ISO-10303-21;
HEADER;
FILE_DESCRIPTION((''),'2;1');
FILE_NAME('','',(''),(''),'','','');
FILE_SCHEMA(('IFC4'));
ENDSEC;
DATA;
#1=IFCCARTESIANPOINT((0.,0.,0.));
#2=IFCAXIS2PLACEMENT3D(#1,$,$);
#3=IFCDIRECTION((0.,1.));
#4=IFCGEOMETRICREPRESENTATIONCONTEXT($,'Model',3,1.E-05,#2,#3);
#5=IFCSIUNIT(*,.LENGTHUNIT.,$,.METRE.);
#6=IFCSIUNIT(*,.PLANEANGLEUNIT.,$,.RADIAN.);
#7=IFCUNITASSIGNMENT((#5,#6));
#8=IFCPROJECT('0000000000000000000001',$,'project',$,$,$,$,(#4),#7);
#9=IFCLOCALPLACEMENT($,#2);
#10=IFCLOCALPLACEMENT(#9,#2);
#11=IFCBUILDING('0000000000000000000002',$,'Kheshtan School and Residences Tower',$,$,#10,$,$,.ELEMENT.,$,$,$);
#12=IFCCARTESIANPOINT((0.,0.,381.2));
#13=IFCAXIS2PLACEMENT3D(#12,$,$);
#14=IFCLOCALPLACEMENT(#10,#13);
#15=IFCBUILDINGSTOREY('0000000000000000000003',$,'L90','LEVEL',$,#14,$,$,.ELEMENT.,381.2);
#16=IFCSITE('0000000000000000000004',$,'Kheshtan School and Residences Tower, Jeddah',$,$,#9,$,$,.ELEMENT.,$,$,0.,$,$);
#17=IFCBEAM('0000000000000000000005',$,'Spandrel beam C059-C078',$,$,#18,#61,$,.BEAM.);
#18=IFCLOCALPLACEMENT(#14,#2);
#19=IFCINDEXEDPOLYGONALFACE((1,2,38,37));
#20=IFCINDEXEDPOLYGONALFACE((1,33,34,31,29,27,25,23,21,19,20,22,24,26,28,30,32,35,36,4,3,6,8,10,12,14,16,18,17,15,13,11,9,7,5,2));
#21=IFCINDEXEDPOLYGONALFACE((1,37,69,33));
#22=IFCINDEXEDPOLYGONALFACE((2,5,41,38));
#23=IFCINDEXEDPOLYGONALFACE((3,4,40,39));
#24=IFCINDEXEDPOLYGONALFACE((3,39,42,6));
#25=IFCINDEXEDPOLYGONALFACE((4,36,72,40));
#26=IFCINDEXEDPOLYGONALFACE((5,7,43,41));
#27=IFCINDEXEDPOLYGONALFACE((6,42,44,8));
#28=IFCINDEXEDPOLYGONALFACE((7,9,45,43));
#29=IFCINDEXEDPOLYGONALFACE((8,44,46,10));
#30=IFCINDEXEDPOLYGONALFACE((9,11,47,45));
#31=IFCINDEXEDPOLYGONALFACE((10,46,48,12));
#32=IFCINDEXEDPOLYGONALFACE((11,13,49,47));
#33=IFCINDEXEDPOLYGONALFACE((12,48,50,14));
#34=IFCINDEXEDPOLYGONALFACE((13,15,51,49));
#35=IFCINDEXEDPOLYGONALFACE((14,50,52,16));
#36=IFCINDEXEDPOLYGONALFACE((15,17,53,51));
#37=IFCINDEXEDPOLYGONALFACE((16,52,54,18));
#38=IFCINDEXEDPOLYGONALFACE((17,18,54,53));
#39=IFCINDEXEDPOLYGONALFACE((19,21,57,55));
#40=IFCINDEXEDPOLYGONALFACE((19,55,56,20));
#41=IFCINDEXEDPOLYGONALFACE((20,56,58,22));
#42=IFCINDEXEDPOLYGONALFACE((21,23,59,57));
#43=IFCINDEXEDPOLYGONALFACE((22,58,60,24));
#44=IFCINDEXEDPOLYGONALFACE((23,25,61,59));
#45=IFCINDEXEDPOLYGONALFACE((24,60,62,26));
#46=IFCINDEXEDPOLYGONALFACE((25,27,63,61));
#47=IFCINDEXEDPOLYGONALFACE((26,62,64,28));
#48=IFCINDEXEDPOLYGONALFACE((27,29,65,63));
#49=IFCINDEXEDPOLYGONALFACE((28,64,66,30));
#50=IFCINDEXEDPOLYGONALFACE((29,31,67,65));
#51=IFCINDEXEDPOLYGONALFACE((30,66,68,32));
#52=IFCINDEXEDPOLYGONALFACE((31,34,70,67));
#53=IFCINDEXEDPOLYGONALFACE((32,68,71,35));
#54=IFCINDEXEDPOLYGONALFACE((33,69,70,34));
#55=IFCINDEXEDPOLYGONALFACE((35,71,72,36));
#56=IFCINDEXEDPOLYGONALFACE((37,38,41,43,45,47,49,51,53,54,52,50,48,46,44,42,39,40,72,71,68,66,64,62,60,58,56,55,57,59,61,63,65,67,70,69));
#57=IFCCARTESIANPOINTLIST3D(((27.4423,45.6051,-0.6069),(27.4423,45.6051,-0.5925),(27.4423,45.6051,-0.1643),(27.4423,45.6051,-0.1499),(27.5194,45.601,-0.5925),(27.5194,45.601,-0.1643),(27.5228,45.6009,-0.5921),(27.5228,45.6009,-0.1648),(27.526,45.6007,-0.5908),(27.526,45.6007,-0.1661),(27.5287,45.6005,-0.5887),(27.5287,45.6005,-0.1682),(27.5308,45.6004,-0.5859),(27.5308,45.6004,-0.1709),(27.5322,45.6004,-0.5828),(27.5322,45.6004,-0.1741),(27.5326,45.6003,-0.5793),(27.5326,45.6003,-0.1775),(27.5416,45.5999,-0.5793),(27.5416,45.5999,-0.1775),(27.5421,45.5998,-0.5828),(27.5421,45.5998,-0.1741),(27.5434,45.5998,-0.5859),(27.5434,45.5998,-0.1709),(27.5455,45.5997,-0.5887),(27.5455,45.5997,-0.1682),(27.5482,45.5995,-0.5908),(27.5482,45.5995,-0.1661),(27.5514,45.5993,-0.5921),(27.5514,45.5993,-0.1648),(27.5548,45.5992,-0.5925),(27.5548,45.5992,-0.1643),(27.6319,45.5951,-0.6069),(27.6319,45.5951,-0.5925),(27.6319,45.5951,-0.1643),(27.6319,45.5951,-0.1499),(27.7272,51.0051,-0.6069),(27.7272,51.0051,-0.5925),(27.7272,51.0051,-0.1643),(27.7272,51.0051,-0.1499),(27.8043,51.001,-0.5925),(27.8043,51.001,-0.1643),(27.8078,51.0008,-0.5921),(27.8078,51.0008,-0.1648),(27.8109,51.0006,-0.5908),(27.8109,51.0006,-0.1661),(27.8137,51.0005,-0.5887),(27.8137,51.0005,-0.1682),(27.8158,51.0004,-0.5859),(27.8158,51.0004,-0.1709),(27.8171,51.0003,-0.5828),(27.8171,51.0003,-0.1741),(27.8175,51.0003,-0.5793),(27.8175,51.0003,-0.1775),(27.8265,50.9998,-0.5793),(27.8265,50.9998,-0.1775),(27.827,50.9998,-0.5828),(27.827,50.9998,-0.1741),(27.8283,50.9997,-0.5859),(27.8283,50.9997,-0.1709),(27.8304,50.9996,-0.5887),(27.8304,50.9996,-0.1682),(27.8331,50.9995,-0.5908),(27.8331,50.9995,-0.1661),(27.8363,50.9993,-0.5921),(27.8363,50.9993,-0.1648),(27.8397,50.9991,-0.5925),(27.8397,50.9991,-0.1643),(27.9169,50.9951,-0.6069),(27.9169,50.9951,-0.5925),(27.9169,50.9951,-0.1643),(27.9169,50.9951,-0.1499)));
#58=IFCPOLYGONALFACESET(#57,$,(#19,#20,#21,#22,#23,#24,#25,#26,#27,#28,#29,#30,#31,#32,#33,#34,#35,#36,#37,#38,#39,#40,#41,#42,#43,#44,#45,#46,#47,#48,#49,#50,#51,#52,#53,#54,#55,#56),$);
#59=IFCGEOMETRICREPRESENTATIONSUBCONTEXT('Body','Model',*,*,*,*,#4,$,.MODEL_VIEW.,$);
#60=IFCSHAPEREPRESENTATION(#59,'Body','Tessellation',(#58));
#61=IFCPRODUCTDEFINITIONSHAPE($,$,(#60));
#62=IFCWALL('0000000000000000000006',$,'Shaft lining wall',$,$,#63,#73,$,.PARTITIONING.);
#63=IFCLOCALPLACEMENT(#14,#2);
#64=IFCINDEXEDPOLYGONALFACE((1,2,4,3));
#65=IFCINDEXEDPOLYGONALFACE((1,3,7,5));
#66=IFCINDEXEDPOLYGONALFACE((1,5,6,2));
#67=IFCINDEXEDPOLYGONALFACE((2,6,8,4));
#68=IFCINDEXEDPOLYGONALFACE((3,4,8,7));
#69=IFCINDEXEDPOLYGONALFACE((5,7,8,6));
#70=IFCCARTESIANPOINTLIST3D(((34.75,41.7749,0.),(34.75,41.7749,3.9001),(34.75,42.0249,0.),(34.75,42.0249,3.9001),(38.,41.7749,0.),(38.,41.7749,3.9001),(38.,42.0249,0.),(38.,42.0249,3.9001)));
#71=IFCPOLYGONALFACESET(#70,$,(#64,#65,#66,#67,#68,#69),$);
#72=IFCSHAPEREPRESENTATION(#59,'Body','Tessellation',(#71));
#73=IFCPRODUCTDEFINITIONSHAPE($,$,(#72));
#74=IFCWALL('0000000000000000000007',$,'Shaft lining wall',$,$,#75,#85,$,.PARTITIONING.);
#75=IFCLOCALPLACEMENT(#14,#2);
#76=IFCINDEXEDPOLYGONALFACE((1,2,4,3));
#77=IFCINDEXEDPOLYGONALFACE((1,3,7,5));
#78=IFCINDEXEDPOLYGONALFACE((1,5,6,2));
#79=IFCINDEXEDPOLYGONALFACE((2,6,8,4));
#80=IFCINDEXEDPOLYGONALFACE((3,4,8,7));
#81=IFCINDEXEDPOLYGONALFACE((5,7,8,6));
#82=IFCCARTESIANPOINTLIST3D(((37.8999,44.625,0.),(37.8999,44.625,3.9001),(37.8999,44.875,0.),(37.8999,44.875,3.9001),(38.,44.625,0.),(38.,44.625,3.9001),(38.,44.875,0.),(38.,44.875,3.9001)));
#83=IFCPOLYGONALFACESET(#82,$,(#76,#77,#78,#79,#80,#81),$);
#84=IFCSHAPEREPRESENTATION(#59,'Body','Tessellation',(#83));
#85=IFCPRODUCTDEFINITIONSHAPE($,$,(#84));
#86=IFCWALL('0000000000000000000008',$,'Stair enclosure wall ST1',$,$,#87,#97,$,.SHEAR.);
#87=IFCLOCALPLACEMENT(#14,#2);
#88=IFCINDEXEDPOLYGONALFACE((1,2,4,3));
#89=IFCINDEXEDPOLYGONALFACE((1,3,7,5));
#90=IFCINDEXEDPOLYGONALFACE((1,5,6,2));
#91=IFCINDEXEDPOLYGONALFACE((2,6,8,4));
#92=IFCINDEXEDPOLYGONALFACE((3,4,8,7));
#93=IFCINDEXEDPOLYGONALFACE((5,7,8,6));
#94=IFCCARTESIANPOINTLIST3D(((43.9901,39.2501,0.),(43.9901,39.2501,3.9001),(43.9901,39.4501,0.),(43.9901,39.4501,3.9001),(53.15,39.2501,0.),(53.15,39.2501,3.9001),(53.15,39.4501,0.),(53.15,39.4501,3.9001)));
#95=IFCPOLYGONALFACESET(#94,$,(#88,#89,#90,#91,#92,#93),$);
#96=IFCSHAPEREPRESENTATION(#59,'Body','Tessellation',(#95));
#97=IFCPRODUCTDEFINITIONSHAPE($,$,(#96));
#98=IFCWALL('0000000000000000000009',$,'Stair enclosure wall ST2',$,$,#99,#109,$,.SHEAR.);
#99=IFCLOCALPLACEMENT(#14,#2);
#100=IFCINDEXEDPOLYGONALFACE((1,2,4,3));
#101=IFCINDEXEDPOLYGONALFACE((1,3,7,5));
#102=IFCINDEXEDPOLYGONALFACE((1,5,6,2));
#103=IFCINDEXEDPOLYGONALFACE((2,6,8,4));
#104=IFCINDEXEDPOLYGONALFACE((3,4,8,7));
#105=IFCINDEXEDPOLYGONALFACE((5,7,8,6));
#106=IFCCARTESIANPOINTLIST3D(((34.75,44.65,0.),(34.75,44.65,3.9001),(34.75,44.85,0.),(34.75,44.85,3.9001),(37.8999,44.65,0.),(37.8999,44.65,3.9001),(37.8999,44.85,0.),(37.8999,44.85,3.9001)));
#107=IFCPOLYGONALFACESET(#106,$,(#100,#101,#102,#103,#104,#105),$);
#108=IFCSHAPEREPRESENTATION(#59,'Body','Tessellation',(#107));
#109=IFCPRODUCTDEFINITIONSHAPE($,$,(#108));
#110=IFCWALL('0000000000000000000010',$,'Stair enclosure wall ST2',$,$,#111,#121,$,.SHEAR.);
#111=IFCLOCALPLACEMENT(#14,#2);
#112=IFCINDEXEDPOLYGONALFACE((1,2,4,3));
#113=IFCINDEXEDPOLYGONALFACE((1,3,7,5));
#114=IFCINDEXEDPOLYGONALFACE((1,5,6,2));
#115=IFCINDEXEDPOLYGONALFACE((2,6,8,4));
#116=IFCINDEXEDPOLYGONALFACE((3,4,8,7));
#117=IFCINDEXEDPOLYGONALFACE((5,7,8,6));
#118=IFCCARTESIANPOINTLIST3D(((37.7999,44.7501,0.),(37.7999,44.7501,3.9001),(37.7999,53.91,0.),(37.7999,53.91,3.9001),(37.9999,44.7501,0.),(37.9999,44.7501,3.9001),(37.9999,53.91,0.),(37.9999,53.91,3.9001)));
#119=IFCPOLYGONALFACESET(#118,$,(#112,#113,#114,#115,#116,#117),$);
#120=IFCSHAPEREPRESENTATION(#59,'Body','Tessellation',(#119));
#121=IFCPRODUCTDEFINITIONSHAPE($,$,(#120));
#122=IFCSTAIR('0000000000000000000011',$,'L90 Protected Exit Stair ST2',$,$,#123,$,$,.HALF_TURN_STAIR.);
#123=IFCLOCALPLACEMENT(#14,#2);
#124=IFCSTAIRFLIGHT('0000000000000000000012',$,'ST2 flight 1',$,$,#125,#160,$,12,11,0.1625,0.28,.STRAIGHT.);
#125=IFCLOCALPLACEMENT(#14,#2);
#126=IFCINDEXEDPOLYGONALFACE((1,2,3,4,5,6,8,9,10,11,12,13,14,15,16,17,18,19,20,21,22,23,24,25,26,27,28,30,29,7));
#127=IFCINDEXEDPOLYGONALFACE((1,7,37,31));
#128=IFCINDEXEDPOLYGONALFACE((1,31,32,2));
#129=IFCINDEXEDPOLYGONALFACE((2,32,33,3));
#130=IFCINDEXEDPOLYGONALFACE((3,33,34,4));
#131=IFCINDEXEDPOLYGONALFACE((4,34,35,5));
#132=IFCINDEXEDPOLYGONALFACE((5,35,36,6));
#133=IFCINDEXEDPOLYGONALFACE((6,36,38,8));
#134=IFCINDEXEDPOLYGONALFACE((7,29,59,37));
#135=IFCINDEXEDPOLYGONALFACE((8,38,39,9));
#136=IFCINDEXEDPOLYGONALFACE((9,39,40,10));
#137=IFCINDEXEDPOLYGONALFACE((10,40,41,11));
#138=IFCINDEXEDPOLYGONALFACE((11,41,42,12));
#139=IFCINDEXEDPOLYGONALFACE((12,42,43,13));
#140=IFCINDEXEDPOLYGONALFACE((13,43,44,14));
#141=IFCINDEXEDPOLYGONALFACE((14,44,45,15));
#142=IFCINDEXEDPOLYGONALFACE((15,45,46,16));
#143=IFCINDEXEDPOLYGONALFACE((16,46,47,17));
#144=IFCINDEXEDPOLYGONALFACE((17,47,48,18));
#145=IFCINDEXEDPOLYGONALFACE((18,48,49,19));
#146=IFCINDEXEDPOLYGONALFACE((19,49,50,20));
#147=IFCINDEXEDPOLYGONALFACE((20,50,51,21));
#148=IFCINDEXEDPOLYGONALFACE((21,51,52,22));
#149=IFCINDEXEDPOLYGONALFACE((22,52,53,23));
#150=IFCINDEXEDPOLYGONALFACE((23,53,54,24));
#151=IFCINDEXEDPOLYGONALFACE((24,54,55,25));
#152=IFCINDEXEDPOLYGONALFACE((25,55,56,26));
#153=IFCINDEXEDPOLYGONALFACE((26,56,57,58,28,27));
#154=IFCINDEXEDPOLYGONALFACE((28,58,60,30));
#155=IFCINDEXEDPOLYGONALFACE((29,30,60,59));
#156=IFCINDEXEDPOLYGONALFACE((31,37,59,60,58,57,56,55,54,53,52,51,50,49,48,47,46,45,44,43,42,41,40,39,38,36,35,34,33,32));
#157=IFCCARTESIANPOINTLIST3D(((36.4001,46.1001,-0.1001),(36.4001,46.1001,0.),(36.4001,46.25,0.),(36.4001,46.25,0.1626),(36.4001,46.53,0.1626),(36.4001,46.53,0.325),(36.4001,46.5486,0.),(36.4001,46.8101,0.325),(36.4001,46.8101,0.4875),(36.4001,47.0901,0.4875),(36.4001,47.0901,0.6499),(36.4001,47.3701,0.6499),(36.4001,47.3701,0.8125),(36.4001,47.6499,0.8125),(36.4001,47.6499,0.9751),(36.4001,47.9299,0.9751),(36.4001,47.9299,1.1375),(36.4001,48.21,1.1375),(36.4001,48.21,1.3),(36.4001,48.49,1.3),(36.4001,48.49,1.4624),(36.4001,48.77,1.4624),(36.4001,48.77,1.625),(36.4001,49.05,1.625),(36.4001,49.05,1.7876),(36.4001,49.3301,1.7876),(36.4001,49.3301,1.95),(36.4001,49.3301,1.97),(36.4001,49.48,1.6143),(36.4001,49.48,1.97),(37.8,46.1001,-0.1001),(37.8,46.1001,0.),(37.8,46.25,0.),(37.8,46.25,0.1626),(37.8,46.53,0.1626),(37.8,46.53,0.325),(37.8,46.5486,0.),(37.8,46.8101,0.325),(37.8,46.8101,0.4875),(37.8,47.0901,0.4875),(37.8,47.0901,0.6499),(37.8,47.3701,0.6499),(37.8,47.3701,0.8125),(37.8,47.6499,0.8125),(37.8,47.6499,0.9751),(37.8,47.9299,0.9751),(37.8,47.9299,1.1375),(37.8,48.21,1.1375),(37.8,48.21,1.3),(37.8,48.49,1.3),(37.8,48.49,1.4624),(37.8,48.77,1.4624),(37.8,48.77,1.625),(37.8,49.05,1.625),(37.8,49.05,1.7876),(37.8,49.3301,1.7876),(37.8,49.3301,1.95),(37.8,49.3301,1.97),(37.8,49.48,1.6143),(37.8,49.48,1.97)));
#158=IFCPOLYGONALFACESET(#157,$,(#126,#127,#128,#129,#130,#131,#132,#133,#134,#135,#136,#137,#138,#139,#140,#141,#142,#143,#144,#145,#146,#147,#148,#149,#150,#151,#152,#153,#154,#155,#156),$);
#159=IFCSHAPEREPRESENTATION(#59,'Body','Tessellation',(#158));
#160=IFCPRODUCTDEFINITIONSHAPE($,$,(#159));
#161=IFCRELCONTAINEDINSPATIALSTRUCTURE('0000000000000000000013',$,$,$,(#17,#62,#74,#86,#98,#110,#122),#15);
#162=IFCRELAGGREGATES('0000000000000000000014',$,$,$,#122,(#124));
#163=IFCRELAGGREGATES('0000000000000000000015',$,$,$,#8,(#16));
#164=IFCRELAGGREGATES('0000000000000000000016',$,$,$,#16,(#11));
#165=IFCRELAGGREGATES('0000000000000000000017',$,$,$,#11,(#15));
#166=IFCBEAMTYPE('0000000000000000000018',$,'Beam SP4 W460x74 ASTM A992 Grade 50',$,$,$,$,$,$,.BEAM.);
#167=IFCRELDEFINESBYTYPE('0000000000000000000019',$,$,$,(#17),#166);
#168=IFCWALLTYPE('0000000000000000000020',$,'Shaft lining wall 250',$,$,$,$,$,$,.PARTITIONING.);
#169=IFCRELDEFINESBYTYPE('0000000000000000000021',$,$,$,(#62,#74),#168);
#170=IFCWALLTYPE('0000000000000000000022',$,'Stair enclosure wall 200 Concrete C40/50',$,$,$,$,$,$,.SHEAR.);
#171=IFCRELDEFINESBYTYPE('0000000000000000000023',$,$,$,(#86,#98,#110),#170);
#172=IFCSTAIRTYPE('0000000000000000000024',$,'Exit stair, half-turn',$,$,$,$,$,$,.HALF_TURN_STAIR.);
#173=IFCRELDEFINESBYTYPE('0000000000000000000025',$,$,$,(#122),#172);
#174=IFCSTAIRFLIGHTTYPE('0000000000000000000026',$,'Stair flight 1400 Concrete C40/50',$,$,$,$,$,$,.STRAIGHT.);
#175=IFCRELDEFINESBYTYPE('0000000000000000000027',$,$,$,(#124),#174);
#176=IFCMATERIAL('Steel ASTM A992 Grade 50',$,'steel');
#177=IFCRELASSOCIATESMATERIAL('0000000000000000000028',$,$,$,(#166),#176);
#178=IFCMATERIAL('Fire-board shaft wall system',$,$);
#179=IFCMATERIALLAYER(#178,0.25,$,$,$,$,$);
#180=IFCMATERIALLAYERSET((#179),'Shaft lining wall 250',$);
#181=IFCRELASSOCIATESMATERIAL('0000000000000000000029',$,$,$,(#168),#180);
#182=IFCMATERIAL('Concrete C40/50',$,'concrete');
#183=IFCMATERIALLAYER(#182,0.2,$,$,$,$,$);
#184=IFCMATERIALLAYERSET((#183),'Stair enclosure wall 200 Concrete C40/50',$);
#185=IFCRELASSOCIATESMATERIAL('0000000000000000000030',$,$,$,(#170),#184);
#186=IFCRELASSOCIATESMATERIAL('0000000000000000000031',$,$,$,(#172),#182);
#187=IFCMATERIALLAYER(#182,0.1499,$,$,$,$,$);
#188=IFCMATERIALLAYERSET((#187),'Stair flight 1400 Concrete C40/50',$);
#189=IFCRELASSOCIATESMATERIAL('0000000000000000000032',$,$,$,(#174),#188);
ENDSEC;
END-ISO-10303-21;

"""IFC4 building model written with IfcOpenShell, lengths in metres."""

from ifc_helpers import new_model, si_unit, direction, frame, frame_2d, origin, origin_2d, place, context, subcontext, project, spatial, polyline, rectangle, i_section, outline, extrude, material, layer, layer_set, material_profile, profile_set, type_object, element, aggregate, save


model = new_model("IFC4")

# Units and contexts
model_context = context("Model", 3, precision=1e-05, world=origin(), true_north=direction((0.0, 1.0)))
body_context = subcontext(model_context, "Body", "Model", "MODEL_VIEW")
ifc_project = project(units=[si_unit("LENGTHUNIT", "METRE"), si_unit("PLANEANGLEUNIT", "RADIAN")], contexts=[model_context])

# Site, building, storey
site_placement = place(None, origin())
site = spatial("IfcSite", under=ifc_project, at=site_placement, Name="Kheshtan School and Residences Tower, Jeddah", CompositionType="ELEMENT", RefElevation=0.0)
building_placement = place(site_placement, origin())
building = spatial("IfcBuilding", under=site, at=building_placement, Name="Kheshtan School and Residences Tower", CompositionType="ELEMENT")
storey_placement = place(building_placement, frame((0.0, 0.0, 381.2)))
storey = spatial("IfcBuildingStorey", under=building, at=storey_placement, Name="L90", Description="LEVEL", CompositionType="ELEMENT", Elevation=381.2)

# Shared definitions
ifc_material_1 = material(Name="Steel ASTM A992 Grade 50", Category="steel")

# Beam
ifc_material_profile_1 = material_profile(ifc_material_1, i_section(OverallWidth=0.1899, OverallDepth=0.457, WebThickness=0.009, FlangeThickness=0.0144, FilletRadius=0.0132, at=origin_2d()), Name="W460x74")
ifc_profile_set_1 = profile_set([ifc_material_profile_1], Name="Steel ASTM A992 Grade 50")
beam_type_1 = type_object("IfcBeamType", Name="Beam SP4 W460x74 ASTM A992 Grade 50", PredefinedType="BEAM", material=ifc_profile_set_1)
beam_1_placement = place(storey_placement, frame((27.5371, 45.6001, -0.3784), z_axis=(0.052689, 0.998611, 0.0), x_axis=(-0.998611, 0.052689, 0.0)))
element("IfcBeam", 1, at=beam_1_placement, inside=storey, type_object=beam_type_1, Name="Spandrel beam C059-C078", PredefinedType="BEAM", context=body_context, shape_type="SweptSolid", body=[
    extrude(i_section(OverallWidth=0.1899, OverallDepth=0.457, WebThickness=0.009, FlangeThickness=0.0144, FilletRadius=0.0132, at=origin_2d()), origin(), (0.0, 0.0, 1.0), 5.4075),
])

# Walls
ifc_material_2 = material(Name="Fire-board shaft wall system")
ifc_layer_1 = layer(ifc_material_2, 0.25)
ifc_layer_set_1 = layer_set([ifc_layer_1], Name="Shaft lining wall 250")
wall_type_1 = type_object("IfcWallType", Name="Shaft lining wall 250", PredefinedType="PARTITIONING", material=ifc_layer_set_1)
wall_1_placement = place(storey_placement, frame((34.75, 41.8999, 0.0), z_axis=(0.0, 0.0, 1.0), x_axis=(1.0, 0.0, 0.0)))
element("IfcWall", 2, at=wall_1_placement, inside=storey, type_object=wall_type_1, Name="Shaft lining wall", PredefinedType="PARTITIONING", context=body_context, shape_type="SweptSolid", body=[
    extrude(rectangle(XDim=3.25, YDim=0.25, at=frame_2d((1.625, 0.0))), origin(), (0.0, 0.0, 1.0), 3.9001),
])
wall_2_placement = place(storey_placement, frame((37.8999, 44.75, 0.0), z_axis=(0.0, 0.0, 1.0), x_axis=(1.0, 0.0, 0.0)))
element("IfcWall", 3, at=wall_2_placement, inside=storey, type_object=wall_type_1, Name="Shaft lining wall", PredefinedType="PARTITIONING", context=body_context, shape_type="SweptSolid", body=[
    extrude(rectangle(XDim=0.1001, YDim=0.25, at=frame_2d((0.05, 0.0))), origin(), (0.0, 0.0, 1.0), 3.9001),
])
ifc_material_3 = material(Name="Concrete C40/50", Category="concrete")
ifc_layer_2 = layer(ifc_material_3, 0.2)
ifc_layer_set_2 = layer_set([ifc_layer_2], Name="Stair enclosure wall 200 Concrete C40/50")
wall_type_2 = type_object("IfcWallType", Name="Stair enclosure wall 200 Concrete C40/50", PredefinedType="SHEAR", material=ifc_layer_set_2)
wall_3_placement = place(storey_placement, frame((43.99, 39.3501, 0.0), z_axis=(0.0, 0.0, 1.0), x_axis=(1.0, 0.0, 0.0)))
element("IfcWall", 4, at=wall_3_placement, inside=storey, type_object=wall_type_2, Name="Stair enclosure wall ST1", PredefinedType="SHEAR", context=body_context, shape_type="SweptSolid", body=[
    extrude(rectangle(XDim=9.1599, YDim=0.2, at=frame_2d((4.5801, 0.0))), origin(), (0.0, 0.0, 1.0), 3.9001),
])
wall_4_placement = place(storey_placement, frame((34.75, 44.75, 0.0), z_axis=(0.0, 0.0, 1.0), x_axis=(1.0, 0.0, 0.0)))
element("IfcWall", 5, at=wall_4_placement, inside=storey, type_object=wall_type_2, Name="Stair enclosure wall ST2", PredefinedType="SHEAR", context=body_context, shape_type="SweptSolid", body=[
    extrude(rectangle(XDim=3.1499, YDim=0.2, at=frame_2d((1.575, 0.0))), origin(), (0.0, 0.0, 1.0), 3.9001),
])
wall_5_placement = place(storey_placement, frame((37.8999, 44.75, 0.0), z_axis=(0.0, 0.0, 1.0), x_axis=(0.0, 1.0, 0.0)))
element("IfcWall", 6, at=wall_5_placement, inside=storey, type_object=wall_type_2, Name="Stair enclosure wall ST2", PredefinedType="SHEAR", context=body_context, shape_type="SweptSolid", body=[
    extrude(rectangle(XDim=9.1599, YDim=0.2, at=frame_2d((4.5801, 0.0))), origin(), (0.0, 0.0, 1.0), 3.9001),
])

# Stair, stair flight
stair_type = type_object("IfcStairType", Name="Exit stair, half-turn", PredefinedType="HALF_TURN_STAIR", material=ifc_material_3)
stair_placement = place(storey_placement, origin())
stair = element("IfcStair", 7, at=stair_placement, inside=storey, type_object=stair_type, Name="L90 Protected Exit Stair ST2", PredefinedType="HALF_TURN_STAIR")
ifc_layer_3 = layer(ifc_material_3, 0.1499)
ifc_layer_set_3 = layer_set([ifc_layer_3], Name="Stair flight 1400 Concrete C40/50")
stair_flight_type = type_object("IfcStairFlightType", Name="Stair flight 1400 Concrete C40/50", PredefinedType="STRAIGHT", material=ifc_layer_set_3)
stair_flight_placement = place(storey_placement, frame((37.1001, 46.25, 0.0), z_axis=(0.0, 0.0, 1.0), x_axis=(0.0, 1.0, 0.0)))
stair_flight = element("IfcStairFlight", 8, at=stair_flight_placement, type_object=stair_flight_type, Name="ST2 flight 1", NumberOfRisers=12, NumberOfTreads=11, PredefinedType="STRAIGHT", RiserHeight=0.1625, TreadLength=0.28, context=body_context, shape_type="SweptSolid", body=[
    extrude(outline(polyline([(-0.1499, -0.1001), (-0.1499, 0.0), (0.0, 0.0), (0.0, 0.1626), (0.28, 0.1626), (0.28, 0.325), (0.5601, 0.325), (0.5601, 0.4875), (0.8401, 0.4875), (0.8401, 0.6499), (1.1201, 0.6499), (1.1201, 0.8125), (1.3999, 0.8125), (1.3999, 0.9751), (1.6799, 0.9751), (1.6799, 1.1375), (1.96, 1.1375), (1.96, 1.3), (2.24, 1.3), (2.24, 1.4624), (2.52, 1.4624), (2.52, 1.625), (2.8, 1.625), (2.8, 1.7876), (3.0801, 1.7876), (3.0801, 1.95), (3.0801, 1.97), (3.23, 1.97), (3.23, 1.6143), (0.2986, 0.0), (-0.1499, -0.1001)])), frame((0.0, 0.7, 0.0), z_axis=(0.0, -1.0, 0.0), x_axis=(1.0, 0.0, 0.0)), (0.0, 0.0, 1.0), 1.3999),
])
aggregate(stair, [stair_flight])

save(model, "model.ifc")
